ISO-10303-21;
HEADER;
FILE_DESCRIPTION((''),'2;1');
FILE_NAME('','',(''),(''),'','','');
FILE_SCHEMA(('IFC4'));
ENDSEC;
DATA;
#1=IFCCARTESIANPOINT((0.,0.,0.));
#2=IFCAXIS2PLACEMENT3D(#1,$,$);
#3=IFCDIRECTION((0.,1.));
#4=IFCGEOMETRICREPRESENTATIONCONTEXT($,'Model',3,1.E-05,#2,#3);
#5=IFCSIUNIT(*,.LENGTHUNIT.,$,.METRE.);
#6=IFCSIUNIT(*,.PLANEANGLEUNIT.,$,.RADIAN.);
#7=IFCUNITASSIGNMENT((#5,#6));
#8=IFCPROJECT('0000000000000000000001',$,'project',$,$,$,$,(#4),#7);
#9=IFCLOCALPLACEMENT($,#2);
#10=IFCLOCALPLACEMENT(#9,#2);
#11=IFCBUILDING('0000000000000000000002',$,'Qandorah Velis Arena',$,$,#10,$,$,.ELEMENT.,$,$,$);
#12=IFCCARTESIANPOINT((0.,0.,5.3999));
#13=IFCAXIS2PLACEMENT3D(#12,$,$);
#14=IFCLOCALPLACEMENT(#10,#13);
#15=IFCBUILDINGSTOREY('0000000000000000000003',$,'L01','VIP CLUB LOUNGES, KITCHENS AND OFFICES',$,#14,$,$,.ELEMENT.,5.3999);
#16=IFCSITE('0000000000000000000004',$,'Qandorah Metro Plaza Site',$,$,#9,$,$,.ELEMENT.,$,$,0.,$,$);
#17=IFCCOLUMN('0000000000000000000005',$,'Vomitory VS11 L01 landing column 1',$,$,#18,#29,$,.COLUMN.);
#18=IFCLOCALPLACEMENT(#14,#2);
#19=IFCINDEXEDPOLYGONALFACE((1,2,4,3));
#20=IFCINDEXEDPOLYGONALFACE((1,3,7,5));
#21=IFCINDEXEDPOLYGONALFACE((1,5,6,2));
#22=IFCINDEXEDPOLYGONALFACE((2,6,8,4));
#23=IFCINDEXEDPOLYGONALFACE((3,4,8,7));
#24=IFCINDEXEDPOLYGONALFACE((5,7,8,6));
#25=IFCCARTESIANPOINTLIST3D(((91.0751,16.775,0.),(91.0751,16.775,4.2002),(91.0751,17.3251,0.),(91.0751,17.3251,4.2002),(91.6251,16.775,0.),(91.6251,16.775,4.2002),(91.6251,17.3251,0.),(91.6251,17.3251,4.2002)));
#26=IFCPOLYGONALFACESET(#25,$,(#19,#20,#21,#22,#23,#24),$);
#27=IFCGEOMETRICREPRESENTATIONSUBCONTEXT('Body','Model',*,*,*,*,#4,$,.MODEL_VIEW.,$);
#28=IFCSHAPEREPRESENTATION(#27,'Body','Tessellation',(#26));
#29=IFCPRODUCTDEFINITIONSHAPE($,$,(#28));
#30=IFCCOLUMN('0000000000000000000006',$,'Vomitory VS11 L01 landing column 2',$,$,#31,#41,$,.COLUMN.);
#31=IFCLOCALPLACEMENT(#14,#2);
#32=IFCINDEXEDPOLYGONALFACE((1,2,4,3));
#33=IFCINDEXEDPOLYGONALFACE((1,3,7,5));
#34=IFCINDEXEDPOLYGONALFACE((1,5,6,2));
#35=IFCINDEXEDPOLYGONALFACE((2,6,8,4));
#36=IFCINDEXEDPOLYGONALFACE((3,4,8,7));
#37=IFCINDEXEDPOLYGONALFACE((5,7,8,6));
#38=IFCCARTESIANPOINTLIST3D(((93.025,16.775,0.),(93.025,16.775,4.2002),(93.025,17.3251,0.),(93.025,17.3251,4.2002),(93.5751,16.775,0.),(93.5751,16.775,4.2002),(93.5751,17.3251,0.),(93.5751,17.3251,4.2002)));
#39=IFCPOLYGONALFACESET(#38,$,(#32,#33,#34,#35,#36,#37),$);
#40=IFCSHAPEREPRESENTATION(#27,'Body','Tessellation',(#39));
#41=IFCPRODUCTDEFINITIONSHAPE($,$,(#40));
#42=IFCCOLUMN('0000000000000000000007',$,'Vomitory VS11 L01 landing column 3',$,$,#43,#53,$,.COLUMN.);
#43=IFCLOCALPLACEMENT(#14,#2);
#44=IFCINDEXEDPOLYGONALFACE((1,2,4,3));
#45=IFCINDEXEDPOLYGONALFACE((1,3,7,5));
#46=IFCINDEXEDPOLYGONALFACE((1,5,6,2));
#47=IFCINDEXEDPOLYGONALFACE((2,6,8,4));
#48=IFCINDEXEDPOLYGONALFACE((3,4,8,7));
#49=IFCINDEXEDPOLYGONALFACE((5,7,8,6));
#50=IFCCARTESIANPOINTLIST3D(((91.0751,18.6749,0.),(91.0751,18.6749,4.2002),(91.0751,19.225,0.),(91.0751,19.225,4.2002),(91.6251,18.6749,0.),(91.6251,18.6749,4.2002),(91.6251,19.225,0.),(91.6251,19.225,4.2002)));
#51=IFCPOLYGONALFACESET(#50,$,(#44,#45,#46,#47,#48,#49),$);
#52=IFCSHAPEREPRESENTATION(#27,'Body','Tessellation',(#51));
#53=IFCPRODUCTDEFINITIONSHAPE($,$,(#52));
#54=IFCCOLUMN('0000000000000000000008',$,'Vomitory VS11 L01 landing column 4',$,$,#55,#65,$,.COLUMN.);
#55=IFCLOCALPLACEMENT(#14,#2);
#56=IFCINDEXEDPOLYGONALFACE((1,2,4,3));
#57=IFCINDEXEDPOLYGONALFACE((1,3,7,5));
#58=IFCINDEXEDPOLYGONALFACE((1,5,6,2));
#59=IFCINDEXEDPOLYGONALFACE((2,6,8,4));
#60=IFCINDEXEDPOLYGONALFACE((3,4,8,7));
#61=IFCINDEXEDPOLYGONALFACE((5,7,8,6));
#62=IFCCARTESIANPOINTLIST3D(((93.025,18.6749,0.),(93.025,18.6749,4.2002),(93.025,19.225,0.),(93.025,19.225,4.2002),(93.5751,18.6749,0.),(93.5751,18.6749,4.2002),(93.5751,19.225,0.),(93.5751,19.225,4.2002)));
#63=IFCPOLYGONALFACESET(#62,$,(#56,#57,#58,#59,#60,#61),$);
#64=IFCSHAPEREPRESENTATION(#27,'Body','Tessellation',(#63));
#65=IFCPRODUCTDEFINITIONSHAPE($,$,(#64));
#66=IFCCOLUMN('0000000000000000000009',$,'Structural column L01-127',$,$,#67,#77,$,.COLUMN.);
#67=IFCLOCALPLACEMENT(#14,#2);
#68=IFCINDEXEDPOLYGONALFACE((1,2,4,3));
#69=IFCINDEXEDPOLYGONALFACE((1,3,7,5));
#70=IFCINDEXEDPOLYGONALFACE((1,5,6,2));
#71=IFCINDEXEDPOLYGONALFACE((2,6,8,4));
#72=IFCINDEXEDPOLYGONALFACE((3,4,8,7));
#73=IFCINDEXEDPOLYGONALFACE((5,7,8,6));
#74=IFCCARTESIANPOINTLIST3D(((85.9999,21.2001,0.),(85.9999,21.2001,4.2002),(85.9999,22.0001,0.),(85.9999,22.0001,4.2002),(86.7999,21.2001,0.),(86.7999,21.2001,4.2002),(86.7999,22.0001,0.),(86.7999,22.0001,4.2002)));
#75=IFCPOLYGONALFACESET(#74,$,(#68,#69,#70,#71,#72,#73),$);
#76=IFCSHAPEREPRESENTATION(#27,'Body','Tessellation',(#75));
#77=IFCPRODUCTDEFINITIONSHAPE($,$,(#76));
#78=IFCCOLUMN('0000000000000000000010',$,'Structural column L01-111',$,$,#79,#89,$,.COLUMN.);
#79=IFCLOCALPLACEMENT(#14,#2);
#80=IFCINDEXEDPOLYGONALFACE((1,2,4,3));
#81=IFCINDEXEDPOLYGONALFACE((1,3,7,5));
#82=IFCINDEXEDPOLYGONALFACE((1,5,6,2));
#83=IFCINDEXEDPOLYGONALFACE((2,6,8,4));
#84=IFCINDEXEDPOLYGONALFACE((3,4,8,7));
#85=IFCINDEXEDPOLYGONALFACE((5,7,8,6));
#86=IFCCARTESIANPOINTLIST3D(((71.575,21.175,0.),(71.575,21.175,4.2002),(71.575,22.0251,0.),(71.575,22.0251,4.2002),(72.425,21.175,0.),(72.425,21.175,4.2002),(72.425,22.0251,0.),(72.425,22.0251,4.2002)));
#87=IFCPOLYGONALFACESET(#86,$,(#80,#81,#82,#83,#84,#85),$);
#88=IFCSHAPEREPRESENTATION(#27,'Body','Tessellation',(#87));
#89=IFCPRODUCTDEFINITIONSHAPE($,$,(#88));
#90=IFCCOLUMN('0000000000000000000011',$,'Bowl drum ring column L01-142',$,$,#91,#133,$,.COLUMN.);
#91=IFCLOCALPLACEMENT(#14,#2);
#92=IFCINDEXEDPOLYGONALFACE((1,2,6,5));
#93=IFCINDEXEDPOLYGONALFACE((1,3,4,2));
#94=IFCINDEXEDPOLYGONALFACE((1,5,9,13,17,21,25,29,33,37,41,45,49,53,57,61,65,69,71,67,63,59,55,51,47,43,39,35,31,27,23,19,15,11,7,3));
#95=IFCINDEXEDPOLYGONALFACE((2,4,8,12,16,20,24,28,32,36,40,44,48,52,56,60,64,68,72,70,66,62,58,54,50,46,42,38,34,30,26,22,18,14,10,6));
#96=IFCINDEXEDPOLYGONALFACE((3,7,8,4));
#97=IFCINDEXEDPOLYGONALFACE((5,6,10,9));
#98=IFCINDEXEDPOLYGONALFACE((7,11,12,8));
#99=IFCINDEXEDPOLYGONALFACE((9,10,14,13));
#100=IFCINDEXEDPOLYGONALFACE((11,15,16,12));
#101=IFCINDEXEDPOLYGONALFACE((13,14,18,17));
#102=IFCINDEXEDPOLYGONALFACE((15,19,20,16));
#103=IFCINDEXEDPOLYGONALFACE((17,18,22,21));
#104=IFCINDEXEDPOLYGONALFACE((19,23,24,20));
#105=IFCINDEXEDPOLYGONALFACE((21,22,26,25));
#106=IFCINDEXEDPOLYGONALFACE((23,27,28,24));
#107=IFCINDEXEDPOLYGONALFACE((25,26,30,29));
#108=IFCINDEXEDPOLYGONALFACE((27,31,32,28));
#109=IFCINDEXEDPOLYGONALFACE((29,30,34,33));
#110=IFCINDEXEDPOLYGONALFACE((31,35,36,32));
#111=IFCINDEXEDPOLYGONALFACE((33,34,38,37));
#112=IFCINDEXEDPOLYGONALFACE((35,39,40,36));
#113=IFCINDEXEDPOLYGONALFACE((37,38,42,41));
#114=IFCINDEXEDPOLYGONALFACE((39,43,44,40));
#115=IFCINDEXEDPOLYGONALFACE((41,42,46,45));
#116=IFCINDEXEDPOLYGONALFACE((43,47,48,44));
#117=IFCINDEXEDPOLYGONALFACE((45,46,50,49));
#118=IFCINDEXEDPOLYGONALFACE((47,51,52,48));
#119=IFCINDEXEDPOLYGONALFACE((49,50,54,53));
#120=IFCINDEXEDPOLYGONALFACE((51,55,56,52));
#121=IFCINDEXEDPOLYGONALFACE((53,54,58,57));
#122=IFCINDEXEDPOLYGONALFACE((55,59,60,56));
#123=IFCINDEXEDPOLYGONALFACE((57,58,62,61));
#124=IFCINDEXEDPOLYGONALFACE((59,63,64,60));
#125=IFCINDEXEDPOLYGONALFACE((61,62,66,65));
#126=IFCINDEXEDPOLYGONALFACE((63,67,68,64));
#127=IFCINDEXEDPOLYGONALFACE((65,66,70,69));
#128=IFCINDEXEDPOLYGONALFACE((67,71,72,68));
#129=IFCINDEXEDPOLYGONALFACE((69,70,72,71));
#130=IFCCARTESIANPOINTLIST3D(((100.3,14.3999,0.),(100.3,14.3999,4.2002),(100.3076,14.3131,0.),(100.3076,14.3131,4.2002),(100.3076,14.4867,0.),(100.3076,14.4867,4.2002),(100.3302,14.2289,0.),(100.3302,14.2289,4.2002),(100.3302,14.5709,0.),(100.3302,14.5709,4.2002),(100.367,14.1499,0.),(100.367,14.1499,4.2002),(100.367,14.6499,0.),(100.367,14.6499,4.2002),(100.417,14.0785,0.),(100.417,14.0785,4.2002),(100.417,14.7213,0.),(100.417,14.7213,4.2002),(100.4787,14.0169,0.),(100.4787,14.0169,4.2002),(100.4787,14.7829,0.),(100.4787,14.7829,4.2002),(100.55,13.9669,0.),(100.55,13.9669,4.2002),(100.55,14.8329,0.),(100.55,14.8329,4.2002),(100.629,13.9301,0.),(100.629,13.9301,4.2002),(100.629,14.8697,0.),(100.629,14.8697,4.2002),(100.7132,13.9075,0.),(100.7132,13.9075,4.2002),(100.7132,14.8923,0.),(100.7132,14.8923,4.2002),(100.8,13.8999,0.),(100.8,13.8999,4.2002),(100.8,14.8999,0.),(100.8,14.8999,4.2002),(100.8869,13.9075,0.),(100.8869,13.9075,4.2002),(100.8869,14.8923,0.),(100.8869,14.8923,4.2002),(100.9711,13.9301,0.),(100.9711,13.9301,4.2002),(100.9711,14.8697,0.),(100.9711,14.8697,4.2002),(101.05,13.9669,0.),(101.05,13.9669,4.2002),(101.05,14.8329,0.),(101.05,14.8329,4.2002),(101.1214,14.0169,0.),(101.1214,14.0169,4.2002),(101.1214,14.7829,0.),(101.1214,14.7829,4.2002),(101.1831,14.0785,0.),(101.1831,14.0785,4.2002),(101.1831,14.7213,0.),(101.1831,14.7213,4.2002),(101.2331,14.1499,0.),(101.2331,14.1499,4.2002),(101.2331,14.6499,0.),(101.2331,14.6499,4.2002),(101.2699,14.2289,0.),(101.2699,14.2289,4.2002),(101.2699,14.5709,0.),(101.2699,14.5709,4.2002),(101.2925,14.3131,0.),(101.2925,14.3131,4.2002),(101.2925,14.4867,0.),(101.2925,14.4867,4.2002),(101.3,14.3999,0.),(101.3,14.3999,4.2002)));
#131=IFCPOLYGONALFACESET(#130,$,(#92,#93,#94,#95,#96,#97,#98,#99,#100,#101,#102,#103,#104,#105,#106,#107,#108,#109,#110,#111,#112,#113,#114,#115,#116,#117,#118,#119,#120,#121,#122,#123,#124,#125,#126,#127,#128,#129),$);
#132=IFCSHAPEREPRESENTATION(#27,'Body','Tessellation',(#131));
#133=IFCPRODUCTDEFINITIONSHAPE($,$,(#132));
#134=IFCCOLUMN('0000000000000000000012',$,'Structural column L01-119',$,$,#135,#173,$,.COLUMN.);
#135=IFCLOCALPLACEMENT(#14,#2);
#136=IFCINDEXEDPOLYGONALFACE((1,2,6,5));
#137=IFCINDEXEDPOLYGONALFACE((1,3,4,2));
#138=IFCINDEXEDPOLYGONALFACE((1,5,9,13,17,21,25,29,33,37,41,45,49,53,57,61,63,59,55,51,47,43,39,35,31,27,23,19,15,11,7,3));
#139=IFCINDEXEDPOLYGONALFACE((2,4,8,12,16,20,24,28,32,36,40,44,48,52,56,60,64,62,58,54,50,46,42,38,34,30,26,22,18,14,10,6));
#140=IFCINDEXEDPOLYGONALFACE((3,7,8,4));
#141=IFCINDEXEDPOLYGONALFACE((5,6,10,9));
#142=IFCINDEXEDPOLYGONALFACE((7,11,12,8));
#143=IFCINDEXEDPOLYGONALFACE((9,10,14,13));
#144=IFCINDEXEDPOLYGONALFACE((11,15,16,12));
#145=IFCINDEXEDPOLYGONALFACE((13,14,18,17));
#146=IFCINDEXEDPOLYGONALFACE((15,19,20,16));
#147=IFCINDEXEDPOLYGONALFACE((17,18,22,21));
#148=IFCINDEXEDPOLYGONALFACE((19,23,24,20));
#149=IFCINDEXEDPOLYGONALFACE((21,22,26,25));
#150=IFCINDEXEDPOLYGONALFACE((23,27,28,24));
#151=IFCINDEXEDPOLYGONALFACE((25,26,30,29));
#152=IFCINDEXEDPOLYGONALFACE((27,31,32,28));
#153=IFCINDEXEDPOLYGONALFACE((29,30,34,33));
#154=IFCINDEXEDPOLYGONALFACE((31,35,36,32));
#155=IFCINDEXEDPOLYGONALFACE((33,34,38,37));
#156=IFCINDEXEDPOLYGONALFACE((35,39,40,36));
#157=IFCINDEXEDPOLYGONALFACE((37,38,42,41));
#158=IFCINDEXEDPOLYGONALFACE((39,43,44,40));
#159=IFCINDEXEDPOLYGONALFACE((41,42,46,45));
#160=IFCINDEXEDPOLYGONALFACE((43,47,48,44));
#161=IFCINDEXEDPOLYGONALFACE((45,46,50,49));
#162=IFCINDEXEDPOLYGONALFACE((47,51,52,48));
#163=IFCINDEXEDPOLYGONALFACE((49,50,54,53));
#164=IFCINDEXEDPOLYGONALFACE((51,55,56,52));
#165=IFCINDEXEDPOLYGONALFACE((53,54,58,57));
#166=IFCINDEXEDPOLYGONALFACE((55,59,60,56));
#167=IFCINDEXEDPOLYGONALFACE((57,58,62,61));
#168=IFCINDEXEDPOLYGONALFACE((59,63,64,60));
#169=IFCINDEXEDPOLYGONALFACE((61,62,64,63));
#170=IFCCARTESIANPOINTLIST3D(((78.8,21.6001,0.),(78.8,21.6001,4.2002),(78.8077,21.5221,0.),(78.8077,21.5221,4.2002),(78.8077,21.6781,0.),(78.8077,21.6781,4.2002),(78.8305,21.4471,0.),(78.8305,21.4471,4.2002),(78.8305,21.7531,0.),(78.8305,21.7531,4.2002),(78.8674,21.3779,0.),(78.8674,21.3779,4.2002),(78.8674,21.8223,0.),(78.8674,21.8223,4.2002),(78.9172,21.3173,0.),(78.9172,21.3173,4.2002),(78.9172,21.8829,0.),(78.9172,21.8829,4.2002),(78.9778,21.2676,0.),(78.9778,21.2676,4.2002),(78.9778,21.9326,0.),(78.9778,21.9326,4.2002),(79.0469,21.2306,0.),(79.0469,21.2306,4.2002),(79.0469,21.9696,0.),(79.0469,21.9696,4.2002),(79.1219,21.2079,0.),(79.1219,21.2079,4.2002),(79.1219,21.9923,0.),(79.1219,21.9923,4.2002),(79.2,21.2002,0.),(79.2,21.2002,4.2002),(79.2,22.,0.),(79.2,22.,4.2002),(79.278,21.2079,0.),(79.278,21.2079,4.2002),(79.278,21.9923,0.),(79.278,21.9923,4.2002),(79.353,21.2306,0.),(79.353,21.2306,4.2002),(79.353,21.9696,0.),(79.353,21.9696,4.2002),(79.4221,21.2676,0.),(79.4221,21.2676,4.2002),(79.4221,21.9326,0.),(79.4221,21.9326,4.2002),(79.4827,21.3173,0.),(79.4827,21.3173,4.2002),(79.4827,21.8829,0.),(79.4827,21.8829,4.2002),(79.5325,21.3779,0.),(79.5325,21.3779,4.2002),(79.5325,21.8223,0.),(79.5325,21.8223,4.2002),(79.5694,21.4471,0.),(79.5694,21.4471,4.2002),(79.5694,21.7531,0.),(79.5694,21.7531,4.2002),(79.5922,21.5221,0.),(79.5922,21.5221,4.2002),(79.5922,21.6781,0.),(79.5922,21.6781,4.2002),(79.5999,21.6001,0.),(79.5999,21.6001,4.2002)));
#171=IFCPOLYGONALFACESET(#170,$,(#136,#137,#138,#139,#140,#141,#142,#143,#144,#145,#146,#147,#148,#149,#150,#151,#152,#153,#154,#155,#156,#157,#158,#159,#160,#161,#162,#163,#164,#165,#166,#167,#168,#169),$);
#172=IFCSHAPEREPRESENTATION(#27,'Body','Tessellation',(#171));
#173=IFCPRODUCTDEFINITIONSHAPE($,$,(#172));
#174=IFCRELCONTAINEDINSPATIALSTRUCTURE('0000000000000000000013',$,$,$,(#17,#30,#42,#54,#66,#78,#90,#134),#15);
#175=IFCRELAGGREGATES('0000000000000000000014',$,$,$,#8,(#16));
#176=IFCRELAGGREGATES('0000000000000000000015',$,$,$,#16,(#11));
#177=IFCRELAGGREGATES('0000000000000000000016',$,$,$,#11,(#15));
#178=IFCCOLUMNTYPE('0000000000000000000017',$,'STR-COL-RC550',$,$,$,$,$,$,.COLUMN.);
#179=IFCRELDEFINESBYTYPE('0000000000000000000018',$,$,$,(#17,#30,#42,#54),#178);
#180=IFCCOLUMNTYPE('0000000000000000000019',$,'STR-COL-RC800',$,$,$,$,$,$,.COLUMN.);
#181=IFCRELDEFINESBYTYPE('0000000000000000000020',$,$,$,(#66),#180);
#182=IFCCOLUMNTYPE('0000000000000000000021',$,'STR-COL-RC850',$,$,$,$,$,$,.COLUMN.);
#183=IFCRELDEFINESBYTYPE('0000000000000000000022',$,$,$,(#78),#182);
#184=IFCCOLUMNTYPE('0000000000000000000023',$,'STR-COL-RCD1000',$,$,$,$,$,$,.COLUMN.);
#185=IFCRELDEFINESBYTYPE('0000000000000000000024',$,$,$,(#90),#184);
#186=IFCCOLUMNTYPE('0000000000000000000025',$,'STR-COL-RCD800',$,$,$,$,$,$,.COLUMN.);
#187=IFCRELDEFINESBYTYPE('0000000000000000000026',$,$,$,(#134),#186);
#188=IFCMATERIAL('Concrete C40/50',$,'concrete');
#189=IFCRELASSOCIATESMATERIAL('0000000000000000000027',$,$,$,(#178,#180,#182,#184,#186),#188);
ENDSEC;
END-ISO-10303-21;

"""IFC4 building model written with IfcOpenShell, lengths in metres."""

from ifc_helpers import new_model, si_unit, direction, frame, origin, origin_2d, place, context, subcontext, project, spatial, rectangle, circle, extrude, material, material_profile, profile_set, type_object, element, save


model = new_model("IFC4")

# Units and contexts
model_context = context("Model", 3, precision=1e-05, world=origin(), true_north=direction((0.0, 1.0)))
body_context = subcontext(model_context, "Body", "Model", "MODEL_VIEW")
ifc_project = project(units=[si_unit("LENGTHUNIT", "METRE"), si_unit("PLANEANGLEUNIT", "RADIAN")], contexts=[model_context])

# Site, building, storey
site_placement = place(None, origin())
site = spatial("IfcSite", under=ifc_project, at=site_placement, Name="Qandorah Metro Plaza Site", CompositionType="ELEMENT", RefElevation=0.0)
building_placement = place(site_placement, origin())
building = spatial("IfcBuilding", under=site, at=building_placement, Name="Qandorah Velis Arena", CompositionType="ELEMENT")
storey_placement = place(building_placement, frame((0.0, 0.0, 5.3999)))
storey = spatial("IfcBuildingStorey", under=building, at=storey_placement, Name="L01", Description="VIP CLUB LOUNGES, KITCHENS AND OFFICES", CompositionType="ELEMENT", Elevation=5.3999)

# Columns
ifc_material_1 = material(Name="Concrete C40/50", Category="concrete")
ifc_material_profile_1 = material_profile(ifc_material_1, rectangle(XDim=0.55, YDim=0.55, at=origin_2d()), Name="RC COL 550x550")
ifc_profile_set_1 = profile_set([ifc_material_profile_1], Name="Concrete C40/50")
column_type_1 = type_object("IfcColumnType", Name="STR-COL-RC550", PredefinedType="COLUMN", material=ifc_profile_set_1)
for number, where, z_axis, x_axis, name in (
    (1, (91.3501, 17.05, 0.0), (0.0, 0.0, 1.0), (1.0, 0.0, 0.0), "Vomitory VS11 L01 landing column 1"),
    (2, (93.3, 17.05, 0.0), (0.0, 0.0, 1.0), (1.0, 0.0, 0.0), "Vomitory VS11 L01 landing column 2"),
    (3, (91.3501, 18.95, 0.0), (0.0, 0.0, 1.0), (1.0, 0.0, 0.0), "Vomitory VS11 L01 landing column 3"),
    (4, (93.3, 18.95, 0.0), (0.0, 0.0, 1.0), (1.0, 0.0, 0.0), "Vomitory VS11 L01 landing column 4"),
):
    element("IfcColumn", number, at=place(storey_placement, frame(where, z_axis=z_axis, x_axis=x_axis)), inside=storey, type_object=column_type_1, Name=name, PredefinedType="COLUMN", context=body_context, shape_type="SweptSolid", body=[
        extrude(rectangle(XDim=0.55, YDim=0.55, at=origin_2d()), origin(), (0.0, 0.0, 1.0), 4.2002),
    ])
ifc_material_profile_2 = material_profile(ifc_material_1, rectangle(XDim=0.8, YDim=0.8, at=origin_2d()), Name="RC COL 800x800")
ifc_profile_set_2 = profile_set([ifc_material_profile_2], Name="Concrete C40/50")
column_type_2 = type_object("IfcColumnType", Name="STR-COL-RC800", PredefinedType="COLUMN", material=ifc_profile_set_2)
column_1_placement = place(storey_placement, frame((86.3999, 21.6001, 0.0), z_axis=(0.0, 0.0, 1.0), x_axis=(1.0, 0.0, 0.0)))
element("IfcColumn", 5, at=column_1_placement, inside=storey, type_object=column_type_2, Name="Structural column L01-127", PredefinedType="COLUMN", context=body_context, shape_type="SweptSolid", body=[
    extrude(rectangle(XDim=0.8, YDim=0.8, at=origin_2d()), origin(), (0.0, 0.0, 1.0), 4.2002),
])
ifc_material_profile_3 = material_profile(ifc_material_1, rectangle(XDim=0.8501, YDim=0.8501, at=origin_2d()), Name="RC COL 850x850")
ifc_profile_set_3 = profile_set([ifc_material_profile_3], Name="Concrete C40/50")
column_type_3 = type_object("IfcColumnType", Name="STR-COL-RC850", PredefinedType="COLUMN", material=ifc_profile_set_3)
column_2_placement = place(storey_placement, frame((72.0, 21.6001, 0.0), z_axis=(0.0, 0.0, 1.0), x_axis=(1.0, 0.0, 0.0)))
element("IfcColumn", 6, at=column_2_placement, inside=storey, type_object=column_type_3, Name="Structural column L01-111", PredefinedType="COLUMN", context=body_context, shape_type="SweptSolid", body=[
    extrude(rectangle(XDim=0.8501, YDim=0.8501, at=origin_2d()), origin(), (0.0, 0.0, 1.0), 4.2002),
])
ifc_material_profile_4 = material_profile(ifc_material_1, circle(Radius=0.5, at=origin_2d()), Name="RC D1000")
ifc_profile_set_4 = profile_set([ifc_material_profile_4], Name="Concrete C40/50")
column_type_4 = type_object("IfcColumnType", Name="STR-COL-RCD1000", PredefinedType="COLUMN", material=ifc_profile_set_4)
column_3_placement = place(storey_placement, frame((100.8, 14.3999, 0.0), z_axis=(0.0, 0.0, 1.0), x_axis=(1.0, 0.0, 0.0)))
element("IfcColumn", 7, at=column_3_placement, inside=storey, type_object=column_type_4, Name="Bowl drum ring column L01-142", PredefinedType="COLUMN", context=body_context, shape_type="SweptSolid", body=[
    extrude(circle(Radius=0.5, at=origin_2d()), origin(), (0.0, 0.0, 1.0), 4.2002),
])
ifc_material_profile_5 = material_profile(ifc_material_1, circle(Radius=0.3999, at=origin_2d()), Name="RC D800")
ifc_profile_set_5 = profile_set([ifc_material_profile_5], Name="Concrete C40/50")
column_type_5 = type_object("IfcColumnType", Name="STR-COL-RCD800", PredefinedType="COLUMN", material=ifc_profile_set_5)
column_4_placement = place(storey_placement, frame((79.2, 21.6001, 0.0), z_axis=(0.0, 0.0, 1.0), x_axis=(1.0, 0.0, 0.0)))
element("IfcColumn", 8, at=column_4_placement, inside=storey, type_object=column_type_5, Name="Structural column L01-119", PredefinedType="COLUMN", context=body_context, shape_type="SweptSolid", body=[
    extrude(circle(Radius=0.3999, at=origin_2d()), origin(), (0.0, 0.0, 1.0), 4.2002),
])

save(model, "model.ifc")
